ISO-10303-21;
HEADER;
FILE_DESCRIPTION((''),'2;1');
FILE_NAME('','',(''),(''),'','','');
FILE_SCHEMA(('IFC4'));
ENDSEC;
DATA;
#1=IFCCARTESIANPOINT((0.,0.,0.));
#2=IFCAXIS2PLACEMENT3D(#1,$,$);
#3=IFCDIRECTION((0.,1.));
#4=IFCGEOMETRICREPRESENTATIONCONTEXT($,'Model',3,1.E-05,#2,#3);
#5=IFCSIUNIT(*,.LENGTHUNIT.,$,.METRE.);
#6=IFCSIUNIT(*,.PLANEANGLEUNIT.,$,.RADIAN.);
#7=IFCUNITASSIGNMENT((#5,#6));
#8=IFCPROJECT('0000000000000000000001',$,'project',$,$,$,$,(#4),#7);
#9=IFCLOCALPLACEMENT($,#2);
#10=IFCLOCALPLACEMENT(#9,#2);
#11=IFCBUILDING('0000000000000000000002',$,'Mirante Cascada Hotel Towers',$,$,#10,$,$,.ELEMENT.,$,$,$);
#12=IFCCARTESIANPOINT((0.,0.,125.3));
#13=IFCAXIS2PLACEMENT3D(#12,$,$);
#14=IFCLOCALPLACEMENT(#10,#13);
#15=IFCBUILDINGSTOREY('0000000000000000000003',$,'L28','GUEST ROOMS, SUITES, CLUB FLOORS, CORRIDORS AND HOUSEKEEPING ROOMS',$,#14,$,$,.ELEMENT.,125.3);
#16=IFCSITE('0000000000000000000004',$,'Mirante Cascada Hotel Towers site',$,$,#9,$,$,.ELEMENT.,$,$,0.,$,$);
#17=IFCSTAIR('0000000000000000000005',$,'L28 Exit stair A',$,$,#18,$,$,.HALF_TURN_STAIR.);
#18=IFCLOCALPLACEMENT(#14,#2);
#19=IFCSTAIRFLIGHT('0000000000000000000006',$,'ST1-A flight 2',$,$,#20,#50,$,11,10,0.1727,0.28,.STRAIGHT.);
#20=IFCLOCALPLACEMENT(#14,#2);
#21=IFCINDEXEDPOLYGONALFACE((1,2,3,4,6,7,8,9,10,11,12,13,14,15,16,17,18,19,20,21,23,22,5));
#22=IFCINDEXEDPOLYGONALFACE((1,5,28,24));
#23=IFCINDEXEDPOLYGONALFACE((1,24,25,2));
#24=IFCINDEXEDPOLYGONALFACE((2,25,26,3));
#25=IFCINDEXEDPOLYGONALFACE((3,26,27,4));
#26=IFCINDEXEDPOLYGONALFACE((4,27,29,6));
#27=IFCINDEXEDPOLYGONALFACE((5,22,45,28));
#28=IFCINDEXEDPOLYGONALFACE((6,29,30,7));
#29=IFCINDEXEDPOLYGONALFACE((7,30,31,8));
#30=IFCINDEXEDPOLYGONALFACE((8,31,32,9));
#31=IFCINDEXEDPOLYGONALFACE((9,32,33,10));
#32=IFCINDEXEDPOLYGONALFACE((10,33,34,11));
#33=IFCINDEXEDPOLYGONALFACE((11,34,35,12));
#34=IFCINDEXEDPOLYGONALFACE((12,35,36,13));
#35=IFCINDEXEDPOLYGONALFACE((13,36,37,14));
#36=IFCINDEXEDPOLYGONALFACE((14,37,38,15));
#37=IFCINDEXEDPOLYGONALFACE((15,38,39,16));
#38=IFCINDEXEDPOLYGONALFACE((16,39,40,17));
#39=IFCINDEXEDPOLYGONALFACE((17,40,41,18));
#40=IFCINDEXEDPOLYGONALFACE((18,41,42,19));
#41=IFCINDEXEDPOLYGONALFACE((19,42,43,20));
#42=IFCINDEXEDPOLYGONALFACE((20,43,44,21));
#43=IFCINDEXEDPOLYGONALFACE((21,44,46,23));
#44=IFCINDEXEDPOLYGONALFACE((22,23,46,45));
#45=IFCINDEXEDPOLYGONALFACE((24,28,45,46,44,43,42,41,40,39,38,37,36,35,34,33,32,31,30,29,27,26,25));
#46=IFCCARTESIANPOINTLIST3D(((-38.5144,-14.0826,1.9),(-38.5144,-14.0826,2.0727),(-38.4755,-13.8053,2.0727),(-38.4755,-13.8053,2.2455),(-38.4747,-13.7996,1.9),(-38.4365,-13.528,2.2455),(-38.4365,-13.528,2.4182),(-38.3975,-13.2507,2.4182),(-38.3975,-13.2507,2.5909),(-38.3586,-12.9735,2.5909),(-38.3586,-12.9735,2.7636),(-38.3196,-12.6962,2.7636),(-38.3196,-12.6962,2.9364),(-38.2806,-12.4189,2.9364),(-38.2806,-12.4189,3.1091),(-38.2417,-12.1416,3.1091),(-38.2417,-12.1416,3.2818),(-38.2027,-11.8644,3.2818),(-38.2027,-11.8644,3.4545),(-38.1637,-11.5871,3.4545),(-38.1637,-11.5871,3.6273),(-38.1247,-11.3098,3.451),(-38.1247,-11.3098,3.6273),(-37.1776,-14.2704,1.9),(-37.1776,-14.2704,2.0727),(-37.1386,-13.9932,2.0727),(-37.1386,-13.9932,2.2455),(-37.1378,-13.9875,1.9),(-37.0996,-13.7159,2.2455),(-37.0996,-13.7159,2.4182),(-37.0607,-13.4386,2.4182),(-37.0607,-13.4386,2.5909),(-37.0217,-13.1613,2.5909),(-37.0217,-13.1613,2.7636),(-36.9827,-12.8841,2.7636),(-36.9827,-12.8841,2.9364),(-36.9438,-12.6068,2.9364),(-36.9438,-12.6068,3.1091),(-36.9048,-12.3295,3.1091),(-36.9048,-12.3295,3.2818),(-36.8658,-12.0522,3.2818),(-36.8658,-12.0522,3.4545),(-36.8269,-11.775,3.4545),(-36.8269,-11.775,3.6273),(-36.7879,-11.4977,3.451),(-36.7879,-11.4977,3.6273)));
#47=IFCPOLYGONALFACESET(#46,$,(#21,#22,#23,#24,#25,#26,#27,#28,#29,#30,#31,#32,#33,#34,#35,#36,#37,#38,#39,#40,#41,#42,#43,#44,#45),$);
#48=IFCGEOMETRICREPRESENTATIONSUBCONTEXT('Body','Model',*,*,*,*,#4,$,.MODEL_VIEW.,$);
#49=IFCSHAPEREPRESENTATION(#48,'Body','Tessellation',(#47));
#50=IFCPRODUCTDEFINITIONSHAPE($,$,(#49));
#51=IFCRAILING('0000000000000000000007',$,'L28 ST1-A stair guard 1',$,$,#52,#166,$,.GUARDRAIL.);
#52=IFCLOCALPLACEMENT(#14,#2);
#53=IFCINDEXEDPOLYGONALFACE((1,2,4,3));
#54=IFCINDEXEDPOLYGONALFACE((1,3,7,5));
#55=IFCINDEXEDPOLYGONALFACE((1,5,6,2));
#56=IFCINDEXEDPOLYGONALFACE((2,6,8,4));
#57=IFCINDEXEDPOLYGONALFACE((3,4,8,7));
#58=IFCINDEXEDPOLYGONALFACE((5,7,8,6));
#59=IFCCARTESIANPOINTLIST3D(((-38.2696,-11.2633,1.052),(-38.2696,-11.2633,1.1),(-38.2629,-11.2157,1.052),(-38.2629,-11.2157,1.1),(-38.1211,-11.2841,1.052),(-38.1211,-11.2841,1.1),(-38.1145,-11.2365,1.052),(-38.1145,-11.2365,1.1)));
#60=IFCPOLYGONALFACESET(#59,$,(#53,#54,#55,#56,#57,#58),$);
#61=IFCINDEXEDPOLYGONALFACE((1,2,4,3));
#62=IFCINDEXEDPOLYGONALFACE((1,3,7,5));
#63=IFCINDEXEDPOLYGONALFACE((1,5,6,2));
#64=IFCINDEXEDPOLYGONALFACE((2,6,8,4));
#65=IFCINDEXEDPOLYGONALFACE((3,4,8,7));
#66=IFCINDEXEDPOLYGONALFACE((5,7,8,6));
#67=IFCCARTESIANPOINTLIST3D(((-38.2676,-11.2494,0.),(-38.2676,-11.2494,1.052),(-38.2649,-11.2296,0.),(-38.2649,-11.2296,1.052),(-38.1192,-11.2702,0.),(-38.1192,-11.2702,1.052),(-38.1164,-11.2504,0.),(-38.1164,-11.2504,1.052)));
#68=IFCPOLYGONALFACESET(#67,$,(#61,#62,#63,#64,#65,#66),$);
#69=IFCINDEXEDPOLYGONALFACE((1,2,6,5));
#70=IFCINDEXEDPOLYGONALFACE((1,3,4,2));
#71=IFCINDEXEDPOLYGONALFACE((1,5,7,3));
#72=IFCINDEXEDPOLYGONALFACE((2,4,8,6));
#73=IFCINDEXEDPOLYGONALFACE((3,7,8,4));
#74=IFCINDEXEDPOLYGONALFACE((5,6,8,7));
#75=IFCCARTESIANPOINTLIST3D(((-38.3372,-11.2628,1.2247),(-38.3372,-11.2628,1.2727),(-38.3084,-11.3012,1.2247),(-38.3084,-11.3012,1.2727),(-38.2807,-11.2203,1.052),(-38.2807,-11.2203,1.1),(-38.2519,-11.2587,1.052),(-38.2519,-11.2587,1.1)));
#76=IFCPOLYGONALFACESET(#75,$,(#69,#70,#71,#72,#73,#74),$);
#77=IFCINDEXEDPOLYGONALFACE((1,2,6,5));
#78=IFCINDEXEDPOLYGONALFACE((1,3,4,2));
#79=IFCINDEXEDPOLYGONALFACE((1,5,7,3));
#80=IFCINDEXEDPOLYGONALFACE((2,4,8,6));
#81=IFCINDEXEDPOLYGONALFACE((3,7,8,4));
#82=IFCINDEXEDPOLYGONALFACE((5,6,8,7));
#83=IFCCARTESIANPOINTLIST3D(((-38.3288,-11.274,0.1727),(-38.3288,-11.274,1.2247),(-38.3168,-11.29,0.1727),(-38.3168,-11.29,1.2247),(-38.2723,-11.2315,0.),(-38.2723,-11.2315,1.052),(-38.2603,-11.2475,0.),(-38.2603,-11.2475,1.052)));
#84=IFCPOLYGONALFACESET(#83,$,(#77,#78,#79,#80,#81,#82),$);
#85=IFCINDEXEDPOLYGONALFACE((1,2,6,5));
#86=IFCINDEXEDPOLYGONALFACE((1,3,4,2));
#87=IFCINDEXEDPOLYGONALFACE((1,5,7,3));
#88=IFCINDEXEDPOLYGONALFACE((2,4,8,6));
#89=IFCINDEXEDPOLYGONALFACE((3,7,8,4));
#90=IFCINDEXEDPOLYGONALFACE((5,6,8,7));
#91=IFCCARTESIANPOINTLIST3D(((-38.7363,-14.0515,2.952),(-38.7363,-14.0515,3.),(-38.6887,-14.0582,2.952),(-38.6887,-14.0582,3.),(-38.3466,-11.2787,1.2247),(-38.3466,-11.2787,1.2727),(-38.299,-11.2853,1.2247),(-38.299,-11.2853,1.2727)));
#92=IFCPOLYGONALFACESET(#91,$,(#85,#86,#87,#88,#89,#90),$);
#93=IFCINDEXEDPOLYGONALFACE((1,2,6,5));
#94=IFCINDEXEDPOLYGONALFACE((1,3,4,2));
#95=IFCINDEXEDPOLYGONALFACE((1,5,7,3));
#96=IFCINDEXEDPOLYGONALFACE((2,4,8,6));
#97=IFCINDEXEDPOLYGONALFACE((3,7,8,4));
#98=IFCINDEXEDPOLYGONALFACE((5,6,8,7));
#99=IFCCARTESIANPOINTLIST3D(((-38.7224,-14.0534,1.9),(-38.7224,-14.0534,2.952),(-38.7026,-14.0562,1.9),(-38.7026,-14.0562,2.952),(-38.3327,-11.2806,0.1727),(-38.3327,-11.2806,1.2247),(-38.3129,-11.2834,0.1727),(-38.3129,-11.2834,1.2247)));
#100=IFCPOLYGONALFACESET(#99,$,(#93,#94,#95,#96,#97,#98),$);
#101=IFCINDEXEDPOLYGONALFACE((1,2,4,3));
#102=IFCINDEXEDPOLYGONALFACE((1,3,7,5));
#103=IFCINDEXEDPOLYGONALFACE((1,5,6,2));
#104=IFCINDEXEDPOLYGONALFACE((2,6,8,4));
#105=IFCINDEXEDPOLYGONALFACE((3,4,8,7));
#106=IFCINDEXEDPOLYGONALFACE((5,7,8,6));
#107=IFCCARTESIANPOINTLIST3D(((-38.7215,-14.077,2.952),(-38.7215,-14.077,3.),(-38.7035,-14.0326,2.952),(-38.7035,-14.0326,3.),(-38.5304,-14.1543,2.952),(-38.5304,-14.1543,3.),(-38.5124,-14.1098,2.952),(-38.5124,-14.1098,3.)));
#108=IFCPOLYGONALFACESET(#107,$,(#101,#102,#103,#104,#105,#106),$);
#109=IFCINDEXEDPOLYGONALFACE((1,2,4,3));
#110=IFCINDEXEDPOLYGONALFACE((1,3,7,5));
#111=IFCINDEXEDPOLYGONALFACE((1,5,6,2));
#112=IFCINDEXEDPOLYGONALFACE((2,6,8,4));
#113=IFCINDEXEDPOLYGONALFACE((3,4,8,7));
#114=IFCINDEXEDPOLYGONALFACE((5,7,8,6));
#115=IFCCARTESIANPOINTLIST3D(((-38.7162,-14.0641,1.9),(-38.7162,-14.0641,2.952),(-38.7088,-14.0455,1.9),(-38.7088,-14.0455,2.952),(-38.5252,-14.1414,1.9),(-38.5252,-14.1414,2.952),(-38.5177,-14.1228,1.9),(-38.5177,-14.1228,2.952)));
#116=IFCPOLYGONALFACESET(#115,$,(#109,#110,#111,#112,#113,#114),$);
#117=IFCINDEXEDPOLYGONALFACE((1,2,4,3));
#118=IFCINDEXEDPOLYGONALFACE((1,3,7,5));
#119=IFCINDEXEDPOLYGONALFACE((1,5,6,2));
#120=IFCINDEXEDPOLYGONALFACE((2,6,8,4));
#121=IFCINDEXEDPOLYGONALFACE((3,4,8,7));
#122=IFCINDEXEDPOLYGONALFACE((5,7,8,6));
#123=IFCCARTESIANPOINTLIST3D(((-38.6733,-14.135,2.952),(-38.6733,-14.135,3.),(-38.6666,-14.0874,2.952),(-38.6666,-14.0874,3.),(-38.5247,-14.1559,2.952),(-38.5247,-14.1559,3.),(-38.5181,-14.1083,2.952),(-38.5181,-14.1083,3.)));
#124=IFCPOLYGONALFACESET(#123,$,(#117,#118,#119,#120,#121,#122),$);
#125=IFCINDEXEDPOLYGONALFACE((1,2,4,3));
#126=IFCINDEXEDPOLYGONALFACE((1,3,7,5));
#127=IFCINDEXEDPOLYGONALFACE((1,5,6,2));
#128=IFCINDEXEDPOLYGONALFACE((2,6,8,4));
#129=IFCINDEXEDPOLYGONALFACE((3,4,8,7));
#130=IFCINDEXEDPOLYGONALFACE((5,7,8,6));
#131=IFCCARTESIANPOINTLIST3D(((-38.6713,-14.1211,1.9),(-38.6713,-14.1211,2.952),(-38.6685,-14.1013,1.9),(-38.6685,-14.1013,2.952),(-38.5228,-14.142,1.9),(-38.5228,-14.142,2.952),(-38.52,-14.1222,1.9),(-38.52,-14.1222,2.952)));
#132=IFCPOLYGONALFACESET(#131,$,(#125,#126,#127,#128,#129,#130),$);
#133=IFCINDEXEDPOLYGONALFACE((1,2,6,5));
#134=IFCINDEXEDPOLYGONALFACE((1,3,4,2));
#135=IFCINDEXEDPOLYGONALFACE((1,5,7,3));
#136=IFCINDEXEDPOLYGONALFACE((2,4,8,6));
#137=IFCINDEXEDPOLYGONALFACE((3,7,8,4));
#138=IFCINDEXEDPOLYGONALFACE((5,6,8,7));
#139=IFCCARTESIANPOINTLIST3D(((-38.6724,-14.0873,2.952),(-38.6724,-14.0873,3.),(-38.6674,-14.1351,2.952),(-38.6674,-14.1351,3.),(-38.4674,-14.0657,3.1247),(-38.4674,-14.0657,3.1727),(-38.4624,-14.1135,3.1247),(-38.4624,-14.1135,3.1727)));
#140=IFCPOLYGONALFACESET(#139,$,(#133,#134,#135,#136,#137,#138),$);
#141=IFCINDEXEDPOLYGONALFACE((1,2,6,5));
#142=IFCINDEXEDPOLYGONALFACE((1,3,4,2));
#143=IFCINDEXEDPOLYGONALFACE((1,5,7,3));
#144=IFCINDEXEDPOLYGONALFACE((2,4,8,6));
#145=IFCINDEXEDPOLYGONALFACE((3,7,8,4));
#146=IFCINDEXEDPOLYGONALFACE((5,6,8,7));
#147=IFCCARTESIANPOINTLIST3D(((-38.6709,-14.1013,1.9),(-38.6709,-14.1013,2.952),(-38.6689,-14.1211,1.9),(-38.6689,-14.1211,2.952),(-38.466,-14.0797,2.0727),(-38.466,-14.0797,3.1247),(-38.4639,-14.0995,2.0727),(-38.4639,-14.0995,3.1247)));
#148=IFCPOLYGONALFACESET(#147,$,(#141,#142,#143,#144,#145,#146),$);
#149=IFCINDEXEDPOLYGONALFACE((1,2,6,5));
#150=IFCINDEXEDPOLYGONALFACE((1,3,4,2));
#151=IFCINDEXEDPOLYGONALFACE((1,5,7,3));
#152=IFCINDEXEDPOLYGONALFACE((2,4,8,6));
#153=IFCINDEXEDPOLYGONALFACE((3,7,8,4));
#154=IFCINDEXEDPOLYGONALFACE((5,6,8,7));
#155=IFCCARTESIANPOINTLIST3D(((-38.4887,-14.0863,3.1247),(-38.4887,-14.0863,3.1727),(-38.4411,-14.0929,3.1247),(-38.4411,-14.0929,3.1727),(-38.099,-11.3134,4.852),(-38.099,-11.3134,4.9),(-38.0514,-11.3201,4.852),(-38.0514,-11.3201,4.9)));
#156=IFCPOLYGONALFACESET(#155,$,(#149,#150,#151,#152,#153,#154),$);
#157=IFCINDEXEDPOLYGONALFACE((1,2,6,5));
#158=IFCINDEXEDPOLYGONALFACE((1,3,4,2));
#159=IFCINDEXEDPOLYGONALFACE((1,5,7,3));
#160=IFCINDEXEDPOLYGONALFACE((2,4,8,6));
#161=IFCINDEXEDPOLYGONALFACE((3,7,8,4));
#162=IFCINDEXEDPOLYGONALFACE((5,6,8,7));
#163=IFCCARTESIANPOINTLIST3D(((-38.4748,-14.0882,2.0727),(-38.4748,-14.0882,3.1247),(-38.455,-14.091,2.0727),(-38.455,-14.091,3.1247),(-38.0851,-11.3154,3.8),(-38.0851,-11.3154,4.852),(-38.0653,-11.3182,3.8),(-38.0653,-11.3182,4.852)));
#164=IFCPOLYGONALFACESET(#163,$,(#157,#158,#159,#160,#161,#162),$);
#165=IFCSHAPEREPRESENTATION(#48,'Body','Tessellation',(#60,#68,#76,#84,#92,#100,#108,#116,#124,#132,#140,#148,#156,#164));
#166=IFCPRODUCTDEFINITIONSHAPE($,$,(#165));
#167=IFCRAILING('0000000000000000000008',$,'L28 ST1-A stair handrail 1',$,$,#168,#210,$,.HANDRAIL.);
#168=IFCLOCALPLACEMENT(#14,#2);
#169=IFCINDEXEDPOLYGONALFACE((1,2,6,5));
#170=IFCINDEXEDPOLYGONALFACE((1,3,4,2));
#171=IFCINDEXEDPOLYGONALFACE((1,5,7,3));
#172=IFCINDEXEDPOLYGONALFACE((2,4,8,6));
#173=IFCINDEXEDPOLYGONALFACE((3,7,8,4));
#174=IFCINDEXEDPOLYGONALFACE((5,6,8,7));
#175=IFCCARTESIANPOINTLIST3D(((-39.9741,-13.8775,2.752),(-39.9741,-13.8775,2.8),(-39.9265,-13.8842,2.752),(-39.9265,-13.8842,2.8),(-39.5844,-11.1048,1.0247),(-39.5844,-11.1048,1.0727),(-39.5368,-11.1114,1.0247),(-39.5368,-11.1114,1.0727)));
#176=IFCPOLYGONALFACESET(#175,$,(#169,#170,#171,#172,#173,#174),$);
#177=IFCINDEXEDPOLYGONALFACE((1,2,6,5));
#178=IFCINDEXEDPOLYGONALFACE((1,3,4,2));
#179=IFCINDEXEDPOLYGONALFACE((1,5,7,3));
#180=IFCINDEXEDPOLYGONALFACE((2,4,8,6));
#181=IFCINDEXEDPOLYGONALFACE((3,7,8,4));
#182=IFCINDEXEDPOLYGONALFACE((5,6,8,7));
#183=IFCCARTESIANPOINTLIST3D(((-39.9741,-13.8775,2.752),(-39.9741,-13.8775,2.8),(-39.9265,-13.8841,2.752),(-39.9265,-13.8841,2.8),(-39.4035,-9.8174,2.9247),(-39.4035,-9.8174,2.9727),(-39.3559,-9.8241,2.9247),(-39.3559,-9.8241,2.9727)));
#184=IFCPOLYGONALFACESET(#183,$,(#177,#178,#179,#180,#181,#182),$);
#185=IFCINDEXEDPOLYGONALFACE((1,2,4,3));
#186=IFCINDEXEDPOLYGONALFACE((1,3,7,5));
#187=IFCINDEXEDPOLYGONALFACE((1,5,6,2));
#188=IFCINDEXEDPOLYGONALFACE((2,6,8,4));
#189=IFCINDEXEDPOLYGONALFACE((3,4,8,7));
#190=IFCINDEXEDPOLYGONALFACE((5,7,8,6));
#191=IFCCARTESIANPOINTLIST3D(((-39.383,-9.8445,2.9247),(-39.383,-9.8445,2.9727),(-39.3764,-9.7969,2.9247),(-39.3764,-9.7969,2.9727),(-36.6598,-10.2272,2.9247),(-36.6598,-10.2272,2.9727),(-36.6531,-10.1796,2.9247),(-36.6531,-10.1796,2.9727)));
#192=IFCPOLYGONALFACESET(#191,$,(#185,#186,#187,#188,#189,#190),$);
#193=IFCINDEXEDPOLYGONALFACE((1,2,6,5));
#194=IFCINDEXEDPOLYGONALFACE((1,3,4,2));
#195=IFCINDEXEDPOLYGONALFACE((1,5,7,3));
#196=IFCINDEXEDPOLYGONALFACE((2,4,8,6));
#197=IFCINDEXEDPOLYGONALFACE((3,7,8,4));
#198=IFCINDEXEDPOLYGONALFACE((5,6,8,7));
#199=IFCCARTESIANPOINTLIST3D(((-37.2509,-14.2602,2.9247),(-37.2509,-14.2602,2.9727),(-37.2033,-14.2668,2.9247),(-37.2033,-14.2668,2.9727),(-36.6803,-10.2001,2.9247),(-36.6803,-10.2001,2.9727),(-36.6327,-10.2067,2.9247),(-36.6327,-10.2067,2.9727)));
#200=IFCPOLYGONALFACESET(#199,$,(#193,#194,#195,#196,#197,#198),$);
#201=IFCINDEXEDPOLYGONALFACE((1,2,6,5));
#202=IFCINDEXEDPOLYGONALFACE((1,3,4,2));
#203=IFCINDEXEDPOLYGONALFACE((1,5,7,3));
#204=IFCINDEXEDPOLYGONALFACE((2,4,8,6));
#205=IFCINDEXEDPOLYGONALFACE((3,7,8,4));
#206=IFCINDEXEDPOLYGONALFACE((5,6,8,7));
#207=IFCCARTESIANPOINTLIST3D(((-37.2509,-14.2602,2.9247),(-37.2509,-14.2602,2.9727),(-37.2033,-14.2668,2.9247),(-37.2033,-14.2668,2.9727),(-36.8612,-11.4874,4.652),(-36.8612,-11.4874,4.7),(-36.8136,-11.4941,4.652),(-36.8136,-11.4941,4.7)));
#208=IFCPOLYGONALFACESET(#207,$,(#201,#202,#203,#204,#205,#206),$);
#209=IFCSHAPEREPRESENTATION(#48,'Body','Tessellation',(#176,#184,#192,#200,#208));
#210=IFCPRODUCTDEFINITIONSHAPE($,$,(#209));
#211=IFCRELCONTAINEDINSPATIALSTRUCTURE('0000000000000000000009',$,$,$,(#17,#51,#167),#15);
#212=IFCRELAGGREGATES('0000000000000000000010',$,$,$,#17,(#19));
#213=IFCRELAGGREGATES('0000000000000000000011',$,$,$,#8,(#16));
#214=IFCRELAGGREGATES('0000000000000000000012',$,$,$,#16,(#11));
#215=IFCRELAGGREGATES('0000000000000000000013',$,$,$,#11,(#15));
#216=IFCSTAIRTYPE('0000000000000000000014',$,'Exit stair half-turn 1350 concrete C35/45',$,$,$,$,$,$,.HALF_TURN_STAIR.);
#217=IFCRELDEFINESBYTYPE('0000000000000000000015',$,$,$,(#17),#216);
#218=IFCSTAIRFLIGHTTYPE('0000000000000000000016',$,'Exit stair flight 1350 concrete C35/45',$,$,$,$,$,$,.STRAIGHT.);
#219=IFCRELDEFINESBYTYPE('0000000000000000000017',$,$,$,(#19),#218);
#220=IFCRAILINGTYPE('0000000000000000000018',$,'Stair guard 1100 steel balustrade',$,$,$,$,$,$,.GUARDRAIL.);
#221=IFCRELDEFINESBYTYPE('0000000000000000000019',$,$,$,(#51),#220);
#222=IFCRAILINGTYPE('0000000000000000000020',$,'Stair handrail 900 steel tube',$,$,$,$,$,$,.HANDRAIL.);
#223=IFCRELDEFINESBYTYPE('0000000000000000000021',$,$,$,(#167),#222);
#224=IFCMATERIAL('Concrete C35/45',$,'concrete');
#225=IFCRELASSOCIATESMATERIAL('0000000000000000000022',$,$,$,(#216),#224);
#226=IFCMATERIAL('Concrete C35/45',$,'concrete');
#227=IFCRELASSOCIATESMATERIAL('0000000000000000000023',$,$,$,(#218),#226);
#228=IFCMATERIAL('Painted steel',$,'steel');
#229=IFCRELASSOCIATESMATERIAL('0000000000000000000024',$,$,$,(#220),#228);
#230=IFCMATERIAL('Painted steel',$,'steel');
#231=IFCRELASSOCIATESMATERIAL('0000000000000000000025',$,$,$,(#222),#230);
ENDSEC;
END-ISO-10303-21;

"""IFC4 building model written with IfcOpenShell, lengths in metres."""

from ifc_helpers import new_model, si_unit, direction, frame, origin, origin_2d, place, context, subcontext, project, spatial, polyline, rectangle, outline, extrude, material, type_object, element, aggregate, save


model = new_model("IFC4")

# Units and contexts
model_context = context("Model", 3, precision=1e-05, world=origin(), true_north=direction((0.0, 1.0)))
body_context = subcontext(model_context, "Body", "Model", "MODEL_VIEW")
ifc_project = project(units=[si_unit("LENGTHUNIT", "METRE"), si_unit("PLANEANGLEUNIT", "RADIAN")], contexts=[model_context])

# Site, building, storey
site_placement = place(None, origin())
site = spatial("IfcSite", under=ifc_project, at=site_placement, Name="Mirante Cascada Hotel Towers site", CompositionType="ELEMENT", RefElevation=0.0)
building_placement = place(site_placement, origin())
building = spatial("IfcBuilding", under=site, at=building_placement, Name="Mirante Cascada Hotel Towers", CompositionType="ELEMENT")
storey_placement = place(building_placement, frame((0.0, 0.0, 125.3)))
storey = spatial("IfcBuildingStorey", under=building, at=storey_placement, Name="L28", Description="GUEST ROOMS, SUITES, CLUB FLOORS, CORRIDORS AND HOUSEKEEPING ROOMS", CompositionType="ELEMENT", Elevation=125.3)

# Stair, stair flight
ifc_material_1 = material(Name="Concrete C35/45", Category="concrete")
stair_type = type_object("IfcStairType", Name="Exit stair half-turn 1350 concrete C35/45", PredefinedType="HALF_TURN_STAIR", material=ifc_material_1)
stair_placement = place(storey_placement, origin())
stair = element("IfcStair", 1, at=stair_placement, inside=storey, type_object=stair_type, Name="L28 Exit stair A", PredefinedType="HALF_TURN_STAIR")
ifc_material_2 = material(Name="Concrete C35/45", Category="concrete")
stair_flight_type = type_object("IfcStairFlightType", Name="Exit stair flight 1350 concrete C35/45", PredefinedType="STRAIGHT", material=ifc_material_2)
stair_flight_1_placement = place(storey_placement, frame((-37.846, -14.1765, 1.9), z_axis=(0.0, 0.0, 1.0), x_axis=(0.139173, 0.990268, 0.0)))
stair_flight_1 = element("IfcStairFlight", 2, at=stair_flight_1_placement, type_object=stair_flight_type, Name="ST1-A flight 2", NumberOfRisers=11, NumberOfTreads=10, PredefinedType="STRAIGHT", RiserHeight=0.1727, TreadLength=0.28, context=body_context, shape_type="SweptSolid", body=[
    extrude(outline(polyline([(0.0, 0.0), (0.0, 0.1727), (0.28, 0.1727), (0.28, 0.3455), (0.56, 0.3455), (0.56, 0.5182), (0.84, 0.5182), (0.84, 0.6909), (1.12, 0.6909), (1.12, 0.8636), (1.4, 0.8636), (1.4, 1.0364), (1.68, 1.0364), (1.68, 1.2091), (1.96, 1.2091), (1.96, 1.3818), (2.24, 1.3818), (2.24, 1.5545), (2.52, 1.5545), (2.52, 1.7273), (2.8, 1.7273), (2.8, 1.9), (2.8, 1.551), (0.2857, 0.0), (0.0, 0.0)])), frame((0.0, 0.675, 0.0), z_axis=(0.0, -1.0, 0.0), x_axis=(1.0, 0.0, 0.0)), (0.0, 0.0, 1.0), 1.35),
])
aggregate(stair, [stair_flight_1])

# Railings
ifc_material_3 = material(Name="Painted steel", Category="steel")
railing_type_1 = type_object("IfcRailingType", Name="Stair guard 1100 steel balustrade", PredefinedType="GUARDRAIL", material=ifc_material_3)
railing_1_placement = place(storey_placement, frame((-38.1178, -11.2603, 0.0)))
element("IfcRailing", 3, at=railing_1_placement, inside=storey, type_object=railing_type_1, Name="L28 ST1-A stair guard 1", PredefinedType="GUARDRAIL", context=body_context, shape_type="SweptSolid", body=[
    extrude(rectangle(XDim=0.048, YDim=0.048, at=origin_2d()), frame((0.0, 0.0, 1.076), z_axis=(-0.990333, 0.138713, 0.0), x_axis=(-0.138713, -0.990333, 0.0)), (0.0, 0.0, 1.0), 0.1499),
    extrude(rectangle(XDim=0.02, YDim=1.052, at=origin_2d()), frame((0.0, 0.0, 0.526), z_axis=(-0.990333, 0.138713, 0.0), x_axis=(-0.138713, -0.990333, 0.0)), (0.0, 0.0, 1.0), 0.1499),
    extrude(rectangle(XDim=0.048, YDim=0.048, at=origin_2d()), frame((-0.1485, 0.0208, 1.076), z_axis=(-0.79915, -0.601131, 0.0), x_axis=(0.601131, -0.79915, 0.0)), (0.0, 0.925453, 0.378863), 0.1866),
    extrude(rectangle(XDim=0.02, YDim=1.052, at=origin_2d()), frame((-0.1485, 0.0208, 0.526), z_axis=(-0.79915, -0.601131, 0.0), x_axis=(0.601131, -0.79915, 0.0)), (0.0, 0.925453, 0.378863), 0.1866),
    extrude(rectangle(XDim=0.048, YDim=0.048, at=origin_2d()), frame((-0.205, -0.0217, 1.2487), z_axis=(-0.139176, -0.990268, 0.0), x_axis=(0.990268, -0.139176, 0.0)), (0.0, 0.525021, 0.851089), 3.29),
    extrude(rectangle(XDim=0.02, YDim=1.052, at=origin_2d()), frame((-0.205, -0.0217, 0.6987), z_axis=(-0.139176, -0.990268, 0.0), x_axis=(0.990268, -0.139176, 0.0)), (0.0, 0.525021, 0.851089), 3.29),
    extrude(rectangle(XDim=0.048, YDim=0.048, at=origin_2d()), frame((-0.5947, -2.7945, 2.976), z_axis=(0.927031, -0.374984, 0.0), x_axis=(0.374984, 0.927031, 0.0)), (0.0, 0.0, 1.0), 0.2061),
    extrude(rectangle(XDim=0.02, YDim=1.052, at=origin_2d()), frame((-0.5947, -2.7945, 2.426), z_axis=(0.927031, -0.374984, 0.0), x_axis=(0.374984, 0.927031, 0.0)), (0.0, 0.0, 1.0), 0.2061),
    extrude(rectangle(XDim=0.048, YDim=0.048, at=origin_2d()), frame((-0.4036, -2.8718, 2.976), z_axis=(-0.990241, 0.139367, 0.0), x_axis=(-0.139367, -0.990241, 0.0)), (0.0, 0.0, 1.0), 0.15),
    extrude(rectangle(XDim=0.02, YDim=1.052, at=origin_2d()), frame((-0.4036, -2.8718, 2.426), z_axis=(-0.990241, 0.139367, 0.0), x_axis=(-0.139367, -0.990241, 0.0)), (0.0, 0.0, 1.0), 0.15),
    extrude(rectangle(XDim=0.048, YDim=0.048, at=origin_2d()), frame((-0.5521, -2.8509, 2.976), z_axis=(0.994495, 0.104786, 0.0), x_axis=(-0.104786, 0.994495, 0.0)), (0.0, 0.642203, 0.766534), 0.2689),
    extrude(rectangle(XDim=0.02, YDim=1.052, at=origin_2d()), frame((-0.5521, -2.8509, 2.426), z_axis=(0.994495, 0.104786, 0.0), x_axis=(-0.104786, 0.994495, 0.0)), (0.0, 0.642203, 0.766534), 0.2689),
    extrude(rectangle(XDim=0.048, YDim=0.048, at=origin_2d()), frame((-0.3471, -2.8293, 3.1487), z_axis=(0.139176, 0.990268, 0.0), x_axis=(-0.990268, 0.139176, 0.0)), (0.0, 0.525021, 0.851089), 3.29),
    extrude(rectangle(XDim=0.02, YDim=1.052, at=origin_2d()), frame((-0.3471, -2.8293, 2.5987), z_axis=(0.139176, 0.990268, 0.0), x_axis=(-0.990268, 0.139176, 0.0)), (0.0, 0.525021, 0.851089), 3.29),
])
ifc_material_4 = material(Name="Painted steel", Category="steel")
railing_type_2 = type_object("IfcRailingType", Name="Stair handrail 900 steel tube", PredefinedType="HANDRAIL", material=ifc_material_4)
railing_2_placement = place(storey_placement, frame((-39.5606, -11.1081, 0.1727)))
element("IfcRailing", 4, at=railing_2_placement, inside=storey, type_object=railing_type_2, Name="L28 ST1-A stair handrail 1", PredefinedType="HANDRAIL", context=body_context, shape_type="SweptSolid", body=[
    extrude(rectangle(XDim=0.048, YDim=0.048, at=origin_2d()), frame((0.0, 0.0, 0.876), z_axis=(-0.139181, -0.990267, 0.0), x_axis=(0.990267, -0.139181, 0.0)), (0.0, 0.525035, 0.851081), 3.2899),
    extrude(rectangle(XDim=0.048, YDim=0.048, at=origin_2d()), frame((-0.3897, -2.7727, 2.6033), z_axis=(0.139171, 0.990268, 0.0), x_axis=(-0.990268, 0.139171, 0.0)), (0.0, 0.042085, 0.999114), 4.1036),
    extrude(rectangle(XDim=0.048, YDim=0.048, at=origin_2d()), frame((0.1809, 1.2874, 2.776), z_axis=(0.990269, -0.139166, 0.0), x_axis=(0.139166, 0.990269, 0.0)), (0.0, 0.0, 1.0), 2.75),
    extrude(rectangle(XDim=0.048, YDim=0.048, at=origin_2d()), frame((2.9041, 0.9047, 2.776), z_axis=(-0.139171, -0.990268, 0.0), x_axis=(0.990268, -0.139171, 0.0)), (0.0, 0.0, 1.0), 4.1),
    extrude(rectangle(XDim=0.048, YDim=0.048, at=origin_2d()), frame((2.3335, -3.1554, 2.776), z_axis=(0.139181, 0.990267, 0.0), x_axis=(-0.990267, 0.139181, 0.0)), (0.0, 0.525035, 0.851081), 3.2899),
])

save(model, "model.ifc")
